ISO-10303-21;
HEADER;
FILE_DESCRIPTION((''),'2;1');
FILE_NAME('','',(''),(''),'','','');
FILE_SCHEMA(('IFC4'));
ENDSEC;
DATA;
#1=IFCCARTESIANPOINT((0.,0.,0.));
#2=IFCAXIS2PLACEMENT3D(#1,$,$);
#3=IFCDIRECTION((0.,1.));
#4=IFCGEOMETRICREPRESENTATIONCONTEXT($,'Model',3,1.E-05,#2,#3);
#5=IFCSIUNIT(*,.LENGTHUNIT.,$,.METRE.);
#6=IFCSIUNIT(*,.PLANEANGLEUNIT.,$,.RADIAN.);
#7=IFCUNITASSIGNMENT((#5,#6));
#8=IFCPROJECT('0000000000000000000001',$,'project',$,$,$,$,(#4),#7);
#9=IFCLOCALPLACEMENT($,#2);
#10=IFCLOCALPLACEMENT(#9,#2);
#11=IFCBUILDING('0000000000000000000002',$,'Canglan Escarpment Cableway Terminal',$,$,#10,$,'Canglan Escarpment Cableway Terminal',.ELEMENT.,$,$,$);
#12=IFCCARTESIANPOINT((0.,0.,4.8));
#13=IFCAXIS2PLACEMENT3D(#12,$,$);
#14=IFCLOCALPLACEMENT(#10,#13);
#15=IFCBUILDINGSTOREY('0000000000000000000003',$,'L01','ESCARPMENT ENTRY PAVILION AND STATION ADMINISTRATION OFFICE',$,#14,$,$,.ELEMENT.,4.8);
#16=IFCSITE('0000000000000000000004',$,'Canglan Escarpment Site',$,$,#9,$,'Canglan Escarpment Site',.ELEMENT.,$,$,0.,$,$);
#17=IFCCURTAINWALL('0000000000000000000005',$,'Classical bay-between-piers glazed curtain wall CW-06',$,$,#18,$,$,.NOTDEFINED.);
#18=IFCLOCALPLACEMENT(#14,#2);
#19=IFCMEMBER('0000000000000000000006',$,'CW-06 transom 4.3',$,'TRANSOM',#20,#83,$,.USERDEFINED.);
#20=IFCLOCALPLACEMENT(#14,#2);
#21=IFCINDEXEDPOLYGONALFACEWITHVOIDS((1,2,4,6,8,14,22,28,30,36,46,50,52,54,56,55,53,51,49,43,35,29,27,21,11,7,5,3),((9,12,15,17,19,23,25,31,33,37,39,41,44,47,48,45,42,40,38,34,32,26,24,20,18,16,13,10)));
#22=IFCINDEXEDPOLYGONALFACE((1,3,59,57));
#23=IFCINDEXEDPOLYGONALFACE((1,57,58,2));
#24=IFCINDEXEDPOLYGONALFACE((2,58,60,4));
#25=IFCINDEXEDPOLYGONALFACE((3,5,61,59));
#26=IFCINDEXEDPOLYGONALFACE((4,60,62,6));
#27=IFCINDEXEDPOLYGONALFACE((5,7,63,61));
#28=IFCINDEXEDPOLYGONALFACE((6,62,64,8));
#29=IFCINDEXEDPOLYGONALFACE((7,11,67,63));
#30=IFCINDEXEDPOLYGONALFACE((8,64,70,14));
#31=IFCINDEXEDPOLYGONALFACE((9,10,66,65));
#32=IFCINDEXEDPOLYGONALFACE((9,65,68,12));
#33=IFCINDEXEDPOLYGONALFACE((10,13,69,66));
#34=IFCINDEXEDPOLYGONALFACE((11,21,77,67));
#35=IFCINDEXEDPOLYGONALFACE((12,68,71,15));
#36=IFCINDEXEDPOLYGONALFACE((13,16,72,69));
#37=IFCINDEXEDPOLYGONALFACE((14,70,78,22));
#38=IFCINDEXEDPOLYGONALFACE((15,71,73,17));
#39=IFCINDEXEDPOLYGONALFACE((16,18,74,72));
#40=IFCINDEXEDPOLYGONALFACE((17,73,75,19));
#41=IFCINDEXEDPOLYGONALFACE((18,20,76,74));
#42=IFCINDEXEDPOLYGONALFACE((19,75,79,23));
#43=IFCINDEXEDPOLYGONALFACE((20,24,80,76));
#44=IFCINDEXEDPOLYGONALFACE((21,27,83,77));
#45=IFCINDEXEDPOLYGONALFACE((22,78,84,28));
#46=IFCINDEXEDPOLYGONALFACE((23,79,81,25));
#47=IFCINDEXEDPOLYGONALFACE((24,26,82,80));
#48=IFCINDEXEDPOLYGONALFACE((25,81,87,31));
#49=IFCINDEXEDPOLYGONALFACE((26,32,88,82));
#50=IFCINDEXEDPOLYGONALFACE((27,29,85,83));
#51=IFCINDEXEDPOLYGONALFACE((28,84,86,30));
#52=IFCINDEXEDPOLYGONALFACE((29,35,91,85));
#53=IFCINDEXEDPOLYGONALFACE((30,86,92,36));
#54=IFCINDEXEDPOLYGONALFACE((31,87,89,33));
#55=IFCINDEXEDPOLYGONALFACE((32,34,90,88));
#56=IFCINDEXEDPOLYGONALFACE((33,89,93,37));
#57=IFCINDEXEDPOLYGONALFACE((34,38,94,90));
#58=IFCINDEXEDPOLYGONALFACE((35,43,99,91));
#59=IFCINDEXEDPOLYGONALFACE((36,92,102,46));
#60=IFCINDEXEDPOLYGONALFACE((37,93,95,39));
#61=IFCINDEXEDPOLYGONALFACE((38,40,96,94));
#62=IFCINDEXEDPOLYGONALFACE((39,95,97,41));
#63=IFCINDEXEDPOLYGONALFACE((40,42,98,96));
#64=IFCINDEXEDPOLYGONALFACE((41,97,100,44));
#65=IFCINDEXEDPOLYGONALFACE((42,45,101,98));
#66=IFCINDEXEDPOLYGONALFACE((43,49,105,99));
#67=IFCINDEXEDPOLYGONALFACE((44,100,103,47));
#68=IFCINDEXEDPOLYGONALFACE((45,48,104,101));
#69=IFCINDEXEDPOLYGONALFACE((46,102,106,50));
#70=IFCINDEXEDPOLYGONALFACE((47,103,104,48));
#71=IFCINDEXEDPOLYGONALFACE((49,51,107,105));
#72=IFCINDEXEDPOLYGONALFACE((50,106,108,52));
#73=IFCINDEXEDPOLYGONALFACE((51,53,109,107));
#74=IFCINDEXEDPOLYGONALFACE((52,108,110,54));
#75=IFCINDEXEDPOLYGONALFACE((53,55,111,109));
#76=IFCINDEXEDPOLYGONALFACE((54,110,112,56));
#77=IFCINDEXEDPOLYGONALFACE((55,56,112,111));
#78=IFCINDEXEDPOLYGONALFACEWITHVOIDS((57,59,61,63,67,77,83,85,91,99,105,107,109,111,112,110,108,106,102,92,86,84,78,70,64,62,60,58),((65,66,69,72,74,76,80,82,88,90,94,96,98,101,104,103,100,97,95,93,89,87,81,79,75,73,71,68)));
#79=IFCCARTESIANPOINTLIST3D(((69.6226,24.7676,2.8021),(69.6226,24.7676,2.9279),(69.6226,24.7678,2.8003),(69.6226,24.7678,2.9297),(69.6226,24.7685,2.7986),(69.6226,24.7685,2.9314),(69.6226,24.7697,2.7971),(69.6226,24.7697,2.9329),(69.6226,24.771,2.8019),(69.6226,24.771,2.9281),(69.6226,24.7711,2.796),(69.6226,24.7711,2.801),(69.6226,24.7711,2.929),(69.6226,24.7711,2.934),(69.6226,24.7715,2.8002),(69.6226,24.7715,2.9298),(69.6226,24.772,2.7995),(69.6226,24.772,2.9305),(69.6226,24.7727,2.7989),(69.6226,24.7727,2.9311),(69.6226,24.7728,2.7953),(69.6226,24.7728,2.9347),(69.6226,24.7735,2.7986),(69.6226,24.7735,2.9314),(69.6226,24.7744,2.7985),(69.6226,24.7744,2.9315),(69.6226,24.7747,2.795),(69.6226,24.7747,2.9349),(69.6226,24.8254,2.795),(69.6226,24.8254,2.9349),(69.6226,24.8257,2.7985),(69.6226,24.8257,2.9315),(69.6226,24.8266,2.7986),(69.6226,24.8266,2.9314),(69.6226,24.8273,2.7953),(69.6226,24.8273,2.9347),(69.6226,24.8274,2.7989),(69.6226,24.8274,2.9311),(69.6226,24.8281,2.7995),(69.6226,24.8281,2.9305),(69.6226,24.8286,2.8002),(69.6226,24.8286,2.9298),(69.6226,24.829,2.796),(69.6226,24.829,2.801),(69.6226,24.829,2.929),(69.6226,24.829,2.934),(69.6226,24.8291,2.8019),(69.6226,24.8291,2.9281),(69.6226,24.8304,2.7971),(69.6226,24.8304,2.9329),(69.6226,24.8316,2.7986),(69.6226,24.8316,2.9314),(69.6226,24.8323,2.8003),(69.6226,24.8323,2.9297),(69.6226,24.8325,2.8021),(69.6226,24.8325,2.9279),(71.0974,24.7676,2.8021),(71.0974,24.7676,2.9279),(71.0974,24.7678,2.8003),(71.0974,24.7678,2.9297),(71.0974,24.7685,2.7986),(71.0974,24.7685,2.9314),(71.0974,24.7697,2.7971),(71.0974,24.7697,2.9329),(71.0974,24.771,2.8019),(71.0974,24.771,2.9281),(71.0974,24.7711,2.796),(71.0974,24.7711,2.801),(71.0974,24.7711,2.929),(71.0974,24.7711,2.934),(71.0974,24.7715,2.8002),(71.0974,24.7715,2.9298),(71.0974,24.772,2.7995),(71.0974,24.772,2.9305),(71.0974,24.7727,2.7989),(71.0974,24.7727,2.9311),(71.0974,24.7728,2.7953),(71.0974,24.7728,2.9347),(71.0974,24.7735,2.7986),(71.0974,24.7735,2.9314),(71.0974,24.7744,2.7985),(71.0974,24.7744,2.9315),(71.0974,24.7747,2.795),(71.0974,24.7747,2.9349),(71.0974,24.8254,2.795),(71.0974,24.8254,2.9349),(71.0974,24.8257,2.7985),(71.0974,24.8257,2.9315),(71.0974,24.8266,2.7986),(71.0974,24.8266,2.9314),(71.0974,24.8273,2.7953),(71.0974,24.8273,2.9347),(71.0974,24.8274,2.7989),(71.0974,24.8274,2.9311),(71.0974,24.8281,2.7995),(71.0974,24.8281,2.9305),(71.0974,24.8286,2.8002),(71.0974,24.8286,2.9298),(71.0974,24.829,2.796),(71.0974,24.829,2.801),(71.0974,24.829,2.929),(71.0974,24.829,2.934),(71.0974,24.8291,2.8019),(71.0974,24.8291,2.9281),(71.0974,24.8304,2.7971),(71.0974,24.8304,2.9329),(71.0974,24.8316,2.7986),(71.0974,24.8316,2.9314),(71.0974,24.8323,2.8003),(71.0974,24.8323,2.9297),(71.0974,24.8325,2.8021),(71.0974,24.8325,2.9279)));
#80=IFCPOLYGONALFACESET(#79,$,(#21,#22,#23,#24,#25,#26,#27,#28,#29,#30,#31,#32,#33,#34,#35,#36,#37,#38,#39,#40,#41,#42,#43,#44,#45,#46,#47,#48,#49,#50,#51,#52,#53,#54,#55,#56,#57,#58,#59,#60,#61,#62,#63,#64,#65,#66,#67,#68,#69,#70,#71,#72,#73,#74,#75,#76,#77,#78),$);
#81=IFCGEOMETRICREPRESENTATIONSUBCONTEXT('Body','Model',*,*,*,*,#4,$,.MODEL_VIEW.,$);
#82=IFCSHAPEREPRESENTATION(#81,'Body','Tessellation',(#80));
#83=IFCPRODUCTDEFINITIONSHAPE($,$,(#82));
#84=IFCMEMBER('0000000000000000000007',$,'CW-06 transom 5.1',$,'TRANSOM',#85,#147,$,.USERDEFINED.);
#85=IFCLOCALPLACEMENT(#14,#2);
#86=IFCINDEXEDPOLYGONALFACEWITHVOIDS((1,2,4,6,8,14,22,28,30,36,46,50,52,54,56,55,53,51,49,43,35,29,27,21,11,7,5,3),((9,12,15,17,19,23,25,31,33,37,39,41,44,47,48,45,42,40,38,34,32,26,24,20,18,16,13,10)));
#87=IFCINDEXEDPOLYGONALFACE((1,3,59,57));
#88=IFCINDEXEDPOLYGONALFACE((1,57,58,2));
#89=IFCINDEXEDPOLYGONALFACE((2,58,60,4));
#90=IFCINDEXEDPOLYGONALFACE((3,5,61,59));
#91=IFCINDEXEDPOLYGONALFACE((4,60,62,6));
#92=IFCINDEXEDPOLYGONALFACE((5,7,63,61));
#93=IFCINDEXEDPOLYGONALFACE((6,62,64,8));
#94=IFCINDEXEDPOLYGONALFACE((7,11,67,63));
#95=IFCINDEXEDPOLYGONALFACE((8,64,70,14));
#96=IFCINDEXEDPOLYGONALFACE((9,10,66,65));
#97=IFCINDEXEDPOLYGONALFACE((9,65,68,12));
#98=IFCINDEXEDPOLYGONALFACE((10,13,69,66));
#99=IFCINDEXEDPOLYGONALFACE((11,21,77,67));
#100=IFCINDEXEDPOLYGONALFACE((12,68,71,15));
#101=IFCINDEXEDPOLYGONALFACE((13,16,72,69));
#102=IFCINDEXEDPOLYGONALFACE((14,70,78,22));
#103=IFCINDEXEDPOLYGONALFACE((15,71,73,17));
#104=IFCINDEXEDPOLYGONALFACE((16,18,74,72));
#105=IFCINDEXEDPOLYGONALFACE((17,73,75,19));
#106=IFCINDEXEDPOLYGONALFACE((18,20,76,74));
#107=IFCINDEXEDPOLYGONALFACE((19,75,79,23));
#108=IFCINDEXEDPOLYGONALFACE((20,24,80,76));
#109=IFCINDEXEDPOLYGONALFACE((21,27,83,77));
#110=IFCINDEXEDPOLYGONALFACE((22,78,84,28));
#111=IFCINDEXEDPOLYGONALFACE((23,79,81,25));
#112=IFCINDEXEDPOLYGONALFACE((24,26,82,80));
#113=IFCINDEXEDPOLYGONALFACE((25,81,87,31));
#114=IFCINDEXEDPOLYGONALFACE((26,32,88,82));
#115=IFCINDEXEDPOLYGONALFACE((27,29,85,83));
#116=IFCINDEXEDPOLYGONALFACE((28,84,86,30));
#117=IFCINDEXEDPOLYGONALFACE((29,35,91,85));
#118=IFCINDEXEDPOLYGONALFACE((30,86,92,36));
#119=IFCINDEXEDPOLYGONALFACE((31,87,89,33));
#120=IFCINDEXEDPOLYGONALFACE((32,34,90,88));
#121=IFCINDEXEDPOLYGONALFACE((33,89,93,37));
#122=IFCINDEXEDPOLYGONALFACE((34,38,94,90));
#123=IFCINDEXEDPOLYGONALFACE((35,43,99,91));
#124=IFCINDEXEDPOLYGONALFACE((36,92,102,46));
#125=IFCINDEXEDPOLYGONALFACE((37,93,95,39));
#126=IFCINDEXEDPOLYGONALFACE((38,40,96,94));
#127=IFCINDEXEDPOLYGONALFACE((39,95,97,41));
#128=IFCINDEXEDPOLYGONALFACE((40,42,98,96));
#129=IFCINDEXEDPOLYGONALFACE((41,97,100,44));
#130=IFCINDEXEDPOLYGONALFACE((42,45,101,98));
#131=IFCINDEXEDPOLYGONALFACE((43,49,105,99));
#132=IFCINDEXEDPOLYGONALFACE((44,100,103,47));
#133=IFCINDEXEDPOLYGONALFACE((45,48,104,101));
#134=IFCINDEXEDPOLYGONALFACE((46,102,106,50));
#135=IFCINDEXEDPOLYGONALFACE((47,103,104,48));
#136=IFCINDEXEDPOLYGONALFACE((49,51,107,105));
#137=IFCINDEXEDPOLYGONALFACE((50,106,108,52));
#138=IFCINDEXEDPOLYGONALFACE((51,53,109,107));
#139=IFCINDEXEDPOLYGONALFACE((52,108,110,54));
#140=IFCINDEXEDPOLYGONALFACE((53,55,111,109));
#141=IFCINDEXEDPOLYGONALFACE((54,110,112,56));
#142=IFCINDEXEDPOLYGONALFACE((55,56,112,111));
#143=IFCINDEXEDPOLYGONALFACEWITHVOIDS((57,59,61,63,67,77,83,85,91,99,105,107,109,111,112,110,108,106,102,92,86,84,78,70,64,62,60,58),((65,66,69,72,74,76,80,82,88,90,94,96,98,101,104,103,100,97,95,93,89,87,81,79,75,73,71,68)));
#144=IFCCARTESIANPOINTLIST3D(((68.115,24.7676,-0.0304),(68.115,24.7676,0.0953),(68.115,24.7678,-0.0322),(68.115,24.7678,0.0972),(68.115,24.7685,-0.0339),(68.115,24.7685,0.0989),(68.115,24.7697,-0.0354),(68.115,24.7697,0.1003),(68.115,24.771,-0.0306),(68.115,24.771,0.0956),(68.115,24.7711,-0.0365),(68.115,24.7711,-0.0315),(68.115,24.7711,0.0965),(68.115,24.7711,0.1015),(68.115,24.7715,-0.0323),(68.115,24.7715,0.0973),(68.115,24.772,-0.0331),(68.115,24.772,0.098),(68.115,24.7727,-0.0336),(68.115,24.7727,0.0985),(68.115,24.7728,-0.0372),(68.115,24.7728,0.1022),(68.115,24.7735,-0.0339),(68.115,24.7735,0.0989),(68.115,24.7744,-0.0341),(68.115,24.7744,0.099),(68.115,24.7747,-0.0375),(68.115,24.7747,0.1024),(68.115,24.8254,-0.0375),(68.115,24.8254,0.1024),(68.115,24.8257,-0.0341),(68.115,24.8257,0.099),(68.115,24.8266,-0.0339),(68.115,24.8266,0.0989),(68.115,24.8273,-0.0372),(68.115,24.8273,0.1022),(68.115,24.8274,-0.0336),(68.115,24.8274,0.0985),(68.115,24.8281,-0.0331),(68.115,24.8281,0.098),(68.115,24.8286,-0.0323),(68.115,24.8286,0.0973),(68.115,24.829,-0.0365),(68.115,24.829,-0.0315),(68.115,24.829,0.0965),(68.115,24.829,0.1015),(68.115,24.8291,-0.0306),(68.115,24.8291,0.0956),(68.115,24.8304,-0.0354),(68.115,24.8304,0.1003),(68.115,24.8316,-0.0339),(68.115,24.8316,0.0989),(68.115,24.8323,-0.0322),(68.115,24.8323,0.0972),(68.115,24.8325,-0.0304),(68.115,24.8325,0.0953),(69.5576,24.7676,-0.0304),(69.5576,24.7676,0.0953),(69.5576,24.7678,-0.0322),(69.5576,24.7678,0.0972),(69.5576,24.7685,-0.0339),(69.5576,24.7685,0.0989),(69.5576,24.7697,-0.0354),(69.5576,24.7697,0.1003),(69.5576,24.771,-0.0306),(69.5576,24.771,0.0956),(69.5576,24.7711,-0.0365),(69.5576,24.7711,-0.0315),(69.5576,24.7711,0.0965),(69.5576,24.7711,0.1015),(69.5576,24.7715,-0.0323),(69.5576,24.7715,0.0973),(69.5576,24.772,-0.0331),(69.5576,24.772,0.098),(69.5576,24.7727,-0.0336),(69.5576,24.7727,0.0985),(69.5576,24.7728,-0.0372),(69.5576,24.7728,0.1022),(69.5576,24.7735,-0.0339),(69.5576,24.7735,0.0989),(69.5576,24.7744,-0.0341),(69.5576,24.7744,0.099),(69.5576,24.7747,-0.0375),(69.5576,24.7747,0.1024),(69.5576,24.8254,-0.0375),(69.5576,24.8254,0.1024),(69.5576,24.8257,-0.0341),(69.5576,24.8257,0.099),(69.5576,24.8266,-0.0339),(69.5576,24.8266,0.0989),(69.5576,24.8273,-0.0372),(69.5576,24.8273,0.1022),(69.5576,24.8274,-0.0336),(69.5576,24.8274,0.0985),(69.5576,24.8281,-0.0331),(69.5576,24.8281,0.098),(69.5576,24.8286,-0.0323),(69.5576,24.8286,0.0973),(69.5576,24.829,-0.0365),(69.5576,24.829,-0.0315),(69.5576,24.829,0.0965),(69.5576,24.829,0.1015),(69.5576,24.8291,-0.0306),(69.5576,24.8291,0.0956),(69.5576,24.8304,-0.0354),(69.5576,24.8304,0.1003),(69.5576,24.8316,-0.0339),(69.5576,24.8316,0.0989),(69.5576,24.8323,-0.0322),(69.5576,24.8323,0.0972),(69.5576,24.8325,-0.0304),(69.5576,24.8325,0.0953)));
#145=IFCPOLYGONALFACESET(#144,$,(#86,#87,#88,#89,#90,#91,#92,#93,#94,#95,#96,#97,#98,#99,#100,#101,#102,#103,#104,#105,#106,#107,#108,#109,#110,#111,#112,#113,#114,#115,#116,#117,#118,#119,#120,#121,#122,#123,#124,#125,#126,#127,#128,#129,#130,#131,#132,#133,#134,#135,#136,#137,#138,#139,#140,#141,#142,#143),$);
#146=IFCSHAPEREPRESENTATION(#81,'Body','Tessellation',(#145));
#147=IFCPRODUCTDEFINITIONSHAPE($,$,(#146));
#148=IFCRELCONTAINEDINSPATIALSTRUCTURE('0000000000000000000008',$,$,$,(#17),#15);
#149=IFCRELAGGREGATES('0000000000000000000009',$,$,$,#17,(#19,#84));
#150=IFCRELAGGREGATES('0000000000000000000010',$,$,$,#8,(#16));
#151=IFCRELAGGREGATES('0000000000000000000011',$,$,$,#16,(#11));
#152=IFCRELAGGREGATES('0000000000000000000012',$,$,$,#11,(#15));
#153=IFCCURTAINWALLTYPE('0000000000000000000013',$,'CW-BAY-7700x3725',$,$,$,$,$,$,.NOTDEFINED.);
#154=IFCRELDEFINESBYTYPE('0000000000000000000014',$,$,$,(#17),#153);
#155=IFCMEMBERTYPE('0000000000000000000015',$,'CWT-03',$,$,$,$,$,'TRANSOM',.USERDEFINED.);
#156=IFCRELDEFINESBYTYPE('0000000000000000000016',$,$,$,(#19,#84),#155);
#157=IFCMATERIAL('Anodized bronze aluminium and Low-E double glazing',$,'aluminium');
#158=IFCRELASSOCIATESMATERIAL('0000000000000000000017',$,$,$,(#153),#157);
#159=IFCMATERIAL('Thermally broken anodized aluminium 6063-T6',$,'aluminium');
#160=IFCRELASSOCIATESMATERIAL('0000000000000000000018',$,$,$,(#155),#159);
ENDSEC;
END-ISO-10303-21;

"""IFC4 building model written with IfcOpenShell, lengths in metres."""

from ifc_helpers import new_model, si_unit, direction, frame, origin, origin_2d, place, context, subcontext, project, spatial, hollow_rectangle, extrude, material, material_profile, profile_set, type_object, element, aggregate, save


model = new_model("IFC4")

# Units and contexts
model_context = context("Model", 3, precision=1e-05, world=origin(), true_north=direction((0.0, 1.0)))
body_context = subcontext(model_context, "Body", "Model", "MODEL_VIEW")
ifc_project = project(units=[si_unit("LENGTHUNIT", "METRE"), si_unit("PLANEANGLEUNIT", "RADIAN")], contexts=[model_context])

# Site, building, storey
site_placement = place(None, origin())
site = spatial("IfcSite", under=ifc_project, at=site_placement, Name="Canglan Escarpment Site", LongName="Canglan Escarpment Site", CompositionType="ELEMENT", RefElevation=0.0)
building_placement = place(site_placement, origin())
building = spatial("IfcBuilding", under=site, at=building_placement, Name="Canglan Escarpment Cableway Terminal", LongName="Canglan Escarpment Cableway Terminal", CompositionType="ELEMENT")
storey_placement = place(building_placement, frame((0.0, 0.0, 4.8)))
storey = spatial("IfcBuildingStorey", under=building, at=storey_placement, Name="L01", Description="ESCARPMENT ENTRY PAVILION AND STATION ADMINISTRATION OFFICE", CompositionType="ELEMENT", Elevation=4.8)

# Curtain wall, members
ifc_material_1 = material(Name="Anodized bronze aluminium and Low-E double glazing", Category="aluminium")
curtain_wall_type = type_object("IfcCurtainWallType", Name="CW-BAY-7700x3725", PredefinedType="NOTDEFINED", material=ifc_material_1)
curtain_wall_placement = place(storey_placement, origin())
curtain_wall = element("IfcCurtainWall", 1, at=curtain_wall_placement, inside=storey, type_object=curtain_wall_type, Name="Classical bay-between-piers glazed curtain wall CW-06", PredefinedType="NOTDEFINED")
ifc_material_2 = material(Name="Thermally broken anodized aluminium 6063-T6", Category="aluminium")
ifc_material_profile_1 = material_profile(ifc_material_2, hollow_rectangle(XDim=0.0649, YDim=0.1399, WallThickness=0.0034, InnerFilletRadius=0.0034, OuterFilletRadius=0.0071, at=origin_2d()), Name="ALU-TRAN 65x140x3.5")
ifc_profile_set_1 = profile_set([ifc_material_profile_1], Name="Thermally broken anodized aluminium 6063-T6")
member_type_1 = type_object("IfcMemberType", Name="CWT-03", ElementType="TRANSOM", PredefinedType="USERDEFINED", material=ifc_profile_set_1)
member_1_placement = place(storey_placement, frame((71.0974, 24.8, 2.865), z_axis=(-1.0, 0.0, 0.0), x_axis=(0.0, -1.0, 0.0)))
member_1 = element("IfcMember", 2, at=member_1_placement, type_object=member_type_1, Name="CW-06 transom 4.3", ObjectType="TRANSOM", PredefinedType="USERDEFINED", context=body_context, shape_type="SweptSolid", body=[
    extrude(hollow_rectangle(XDim=0.0649, YDim=0.1399, WallThickness=0.0034, InnerFilletRadius=0.0034, OuterFilletRadius=0.0071, at=origin_2d()), origin(), (0.0, 0.0, 1.0), 1.4749),
])
member_2_placement = place(storey_placement, frame((69.5576, 24.8, 0.0325), z_axis=(-1.0, 0.0, 0.0), x_axis=(0.0, -1.0, 0.0)))
member_2 = element("IfcMember", 3, at=member_2_placement, type_object=member_type_1, Name="CW-06 transom 5.1", ObjectType="TRANSOM", PredefinedType="USERDEFINED", context=body_context, shape_type="SweptSolid", body=[
    extrude(hollow_rectangle(XDim=0.0649, YDim=0.1399, WallThickness=0.0034, InnerFilletRadius=0.0034, OuterFilletRadius=0.0071, at=origin_2d()), origin(), (0.0, 0.0, 1.0), 1.4426),
])

aggregate(curtain_wall, [member_1, member_2])

save(model, "model.ifc")
